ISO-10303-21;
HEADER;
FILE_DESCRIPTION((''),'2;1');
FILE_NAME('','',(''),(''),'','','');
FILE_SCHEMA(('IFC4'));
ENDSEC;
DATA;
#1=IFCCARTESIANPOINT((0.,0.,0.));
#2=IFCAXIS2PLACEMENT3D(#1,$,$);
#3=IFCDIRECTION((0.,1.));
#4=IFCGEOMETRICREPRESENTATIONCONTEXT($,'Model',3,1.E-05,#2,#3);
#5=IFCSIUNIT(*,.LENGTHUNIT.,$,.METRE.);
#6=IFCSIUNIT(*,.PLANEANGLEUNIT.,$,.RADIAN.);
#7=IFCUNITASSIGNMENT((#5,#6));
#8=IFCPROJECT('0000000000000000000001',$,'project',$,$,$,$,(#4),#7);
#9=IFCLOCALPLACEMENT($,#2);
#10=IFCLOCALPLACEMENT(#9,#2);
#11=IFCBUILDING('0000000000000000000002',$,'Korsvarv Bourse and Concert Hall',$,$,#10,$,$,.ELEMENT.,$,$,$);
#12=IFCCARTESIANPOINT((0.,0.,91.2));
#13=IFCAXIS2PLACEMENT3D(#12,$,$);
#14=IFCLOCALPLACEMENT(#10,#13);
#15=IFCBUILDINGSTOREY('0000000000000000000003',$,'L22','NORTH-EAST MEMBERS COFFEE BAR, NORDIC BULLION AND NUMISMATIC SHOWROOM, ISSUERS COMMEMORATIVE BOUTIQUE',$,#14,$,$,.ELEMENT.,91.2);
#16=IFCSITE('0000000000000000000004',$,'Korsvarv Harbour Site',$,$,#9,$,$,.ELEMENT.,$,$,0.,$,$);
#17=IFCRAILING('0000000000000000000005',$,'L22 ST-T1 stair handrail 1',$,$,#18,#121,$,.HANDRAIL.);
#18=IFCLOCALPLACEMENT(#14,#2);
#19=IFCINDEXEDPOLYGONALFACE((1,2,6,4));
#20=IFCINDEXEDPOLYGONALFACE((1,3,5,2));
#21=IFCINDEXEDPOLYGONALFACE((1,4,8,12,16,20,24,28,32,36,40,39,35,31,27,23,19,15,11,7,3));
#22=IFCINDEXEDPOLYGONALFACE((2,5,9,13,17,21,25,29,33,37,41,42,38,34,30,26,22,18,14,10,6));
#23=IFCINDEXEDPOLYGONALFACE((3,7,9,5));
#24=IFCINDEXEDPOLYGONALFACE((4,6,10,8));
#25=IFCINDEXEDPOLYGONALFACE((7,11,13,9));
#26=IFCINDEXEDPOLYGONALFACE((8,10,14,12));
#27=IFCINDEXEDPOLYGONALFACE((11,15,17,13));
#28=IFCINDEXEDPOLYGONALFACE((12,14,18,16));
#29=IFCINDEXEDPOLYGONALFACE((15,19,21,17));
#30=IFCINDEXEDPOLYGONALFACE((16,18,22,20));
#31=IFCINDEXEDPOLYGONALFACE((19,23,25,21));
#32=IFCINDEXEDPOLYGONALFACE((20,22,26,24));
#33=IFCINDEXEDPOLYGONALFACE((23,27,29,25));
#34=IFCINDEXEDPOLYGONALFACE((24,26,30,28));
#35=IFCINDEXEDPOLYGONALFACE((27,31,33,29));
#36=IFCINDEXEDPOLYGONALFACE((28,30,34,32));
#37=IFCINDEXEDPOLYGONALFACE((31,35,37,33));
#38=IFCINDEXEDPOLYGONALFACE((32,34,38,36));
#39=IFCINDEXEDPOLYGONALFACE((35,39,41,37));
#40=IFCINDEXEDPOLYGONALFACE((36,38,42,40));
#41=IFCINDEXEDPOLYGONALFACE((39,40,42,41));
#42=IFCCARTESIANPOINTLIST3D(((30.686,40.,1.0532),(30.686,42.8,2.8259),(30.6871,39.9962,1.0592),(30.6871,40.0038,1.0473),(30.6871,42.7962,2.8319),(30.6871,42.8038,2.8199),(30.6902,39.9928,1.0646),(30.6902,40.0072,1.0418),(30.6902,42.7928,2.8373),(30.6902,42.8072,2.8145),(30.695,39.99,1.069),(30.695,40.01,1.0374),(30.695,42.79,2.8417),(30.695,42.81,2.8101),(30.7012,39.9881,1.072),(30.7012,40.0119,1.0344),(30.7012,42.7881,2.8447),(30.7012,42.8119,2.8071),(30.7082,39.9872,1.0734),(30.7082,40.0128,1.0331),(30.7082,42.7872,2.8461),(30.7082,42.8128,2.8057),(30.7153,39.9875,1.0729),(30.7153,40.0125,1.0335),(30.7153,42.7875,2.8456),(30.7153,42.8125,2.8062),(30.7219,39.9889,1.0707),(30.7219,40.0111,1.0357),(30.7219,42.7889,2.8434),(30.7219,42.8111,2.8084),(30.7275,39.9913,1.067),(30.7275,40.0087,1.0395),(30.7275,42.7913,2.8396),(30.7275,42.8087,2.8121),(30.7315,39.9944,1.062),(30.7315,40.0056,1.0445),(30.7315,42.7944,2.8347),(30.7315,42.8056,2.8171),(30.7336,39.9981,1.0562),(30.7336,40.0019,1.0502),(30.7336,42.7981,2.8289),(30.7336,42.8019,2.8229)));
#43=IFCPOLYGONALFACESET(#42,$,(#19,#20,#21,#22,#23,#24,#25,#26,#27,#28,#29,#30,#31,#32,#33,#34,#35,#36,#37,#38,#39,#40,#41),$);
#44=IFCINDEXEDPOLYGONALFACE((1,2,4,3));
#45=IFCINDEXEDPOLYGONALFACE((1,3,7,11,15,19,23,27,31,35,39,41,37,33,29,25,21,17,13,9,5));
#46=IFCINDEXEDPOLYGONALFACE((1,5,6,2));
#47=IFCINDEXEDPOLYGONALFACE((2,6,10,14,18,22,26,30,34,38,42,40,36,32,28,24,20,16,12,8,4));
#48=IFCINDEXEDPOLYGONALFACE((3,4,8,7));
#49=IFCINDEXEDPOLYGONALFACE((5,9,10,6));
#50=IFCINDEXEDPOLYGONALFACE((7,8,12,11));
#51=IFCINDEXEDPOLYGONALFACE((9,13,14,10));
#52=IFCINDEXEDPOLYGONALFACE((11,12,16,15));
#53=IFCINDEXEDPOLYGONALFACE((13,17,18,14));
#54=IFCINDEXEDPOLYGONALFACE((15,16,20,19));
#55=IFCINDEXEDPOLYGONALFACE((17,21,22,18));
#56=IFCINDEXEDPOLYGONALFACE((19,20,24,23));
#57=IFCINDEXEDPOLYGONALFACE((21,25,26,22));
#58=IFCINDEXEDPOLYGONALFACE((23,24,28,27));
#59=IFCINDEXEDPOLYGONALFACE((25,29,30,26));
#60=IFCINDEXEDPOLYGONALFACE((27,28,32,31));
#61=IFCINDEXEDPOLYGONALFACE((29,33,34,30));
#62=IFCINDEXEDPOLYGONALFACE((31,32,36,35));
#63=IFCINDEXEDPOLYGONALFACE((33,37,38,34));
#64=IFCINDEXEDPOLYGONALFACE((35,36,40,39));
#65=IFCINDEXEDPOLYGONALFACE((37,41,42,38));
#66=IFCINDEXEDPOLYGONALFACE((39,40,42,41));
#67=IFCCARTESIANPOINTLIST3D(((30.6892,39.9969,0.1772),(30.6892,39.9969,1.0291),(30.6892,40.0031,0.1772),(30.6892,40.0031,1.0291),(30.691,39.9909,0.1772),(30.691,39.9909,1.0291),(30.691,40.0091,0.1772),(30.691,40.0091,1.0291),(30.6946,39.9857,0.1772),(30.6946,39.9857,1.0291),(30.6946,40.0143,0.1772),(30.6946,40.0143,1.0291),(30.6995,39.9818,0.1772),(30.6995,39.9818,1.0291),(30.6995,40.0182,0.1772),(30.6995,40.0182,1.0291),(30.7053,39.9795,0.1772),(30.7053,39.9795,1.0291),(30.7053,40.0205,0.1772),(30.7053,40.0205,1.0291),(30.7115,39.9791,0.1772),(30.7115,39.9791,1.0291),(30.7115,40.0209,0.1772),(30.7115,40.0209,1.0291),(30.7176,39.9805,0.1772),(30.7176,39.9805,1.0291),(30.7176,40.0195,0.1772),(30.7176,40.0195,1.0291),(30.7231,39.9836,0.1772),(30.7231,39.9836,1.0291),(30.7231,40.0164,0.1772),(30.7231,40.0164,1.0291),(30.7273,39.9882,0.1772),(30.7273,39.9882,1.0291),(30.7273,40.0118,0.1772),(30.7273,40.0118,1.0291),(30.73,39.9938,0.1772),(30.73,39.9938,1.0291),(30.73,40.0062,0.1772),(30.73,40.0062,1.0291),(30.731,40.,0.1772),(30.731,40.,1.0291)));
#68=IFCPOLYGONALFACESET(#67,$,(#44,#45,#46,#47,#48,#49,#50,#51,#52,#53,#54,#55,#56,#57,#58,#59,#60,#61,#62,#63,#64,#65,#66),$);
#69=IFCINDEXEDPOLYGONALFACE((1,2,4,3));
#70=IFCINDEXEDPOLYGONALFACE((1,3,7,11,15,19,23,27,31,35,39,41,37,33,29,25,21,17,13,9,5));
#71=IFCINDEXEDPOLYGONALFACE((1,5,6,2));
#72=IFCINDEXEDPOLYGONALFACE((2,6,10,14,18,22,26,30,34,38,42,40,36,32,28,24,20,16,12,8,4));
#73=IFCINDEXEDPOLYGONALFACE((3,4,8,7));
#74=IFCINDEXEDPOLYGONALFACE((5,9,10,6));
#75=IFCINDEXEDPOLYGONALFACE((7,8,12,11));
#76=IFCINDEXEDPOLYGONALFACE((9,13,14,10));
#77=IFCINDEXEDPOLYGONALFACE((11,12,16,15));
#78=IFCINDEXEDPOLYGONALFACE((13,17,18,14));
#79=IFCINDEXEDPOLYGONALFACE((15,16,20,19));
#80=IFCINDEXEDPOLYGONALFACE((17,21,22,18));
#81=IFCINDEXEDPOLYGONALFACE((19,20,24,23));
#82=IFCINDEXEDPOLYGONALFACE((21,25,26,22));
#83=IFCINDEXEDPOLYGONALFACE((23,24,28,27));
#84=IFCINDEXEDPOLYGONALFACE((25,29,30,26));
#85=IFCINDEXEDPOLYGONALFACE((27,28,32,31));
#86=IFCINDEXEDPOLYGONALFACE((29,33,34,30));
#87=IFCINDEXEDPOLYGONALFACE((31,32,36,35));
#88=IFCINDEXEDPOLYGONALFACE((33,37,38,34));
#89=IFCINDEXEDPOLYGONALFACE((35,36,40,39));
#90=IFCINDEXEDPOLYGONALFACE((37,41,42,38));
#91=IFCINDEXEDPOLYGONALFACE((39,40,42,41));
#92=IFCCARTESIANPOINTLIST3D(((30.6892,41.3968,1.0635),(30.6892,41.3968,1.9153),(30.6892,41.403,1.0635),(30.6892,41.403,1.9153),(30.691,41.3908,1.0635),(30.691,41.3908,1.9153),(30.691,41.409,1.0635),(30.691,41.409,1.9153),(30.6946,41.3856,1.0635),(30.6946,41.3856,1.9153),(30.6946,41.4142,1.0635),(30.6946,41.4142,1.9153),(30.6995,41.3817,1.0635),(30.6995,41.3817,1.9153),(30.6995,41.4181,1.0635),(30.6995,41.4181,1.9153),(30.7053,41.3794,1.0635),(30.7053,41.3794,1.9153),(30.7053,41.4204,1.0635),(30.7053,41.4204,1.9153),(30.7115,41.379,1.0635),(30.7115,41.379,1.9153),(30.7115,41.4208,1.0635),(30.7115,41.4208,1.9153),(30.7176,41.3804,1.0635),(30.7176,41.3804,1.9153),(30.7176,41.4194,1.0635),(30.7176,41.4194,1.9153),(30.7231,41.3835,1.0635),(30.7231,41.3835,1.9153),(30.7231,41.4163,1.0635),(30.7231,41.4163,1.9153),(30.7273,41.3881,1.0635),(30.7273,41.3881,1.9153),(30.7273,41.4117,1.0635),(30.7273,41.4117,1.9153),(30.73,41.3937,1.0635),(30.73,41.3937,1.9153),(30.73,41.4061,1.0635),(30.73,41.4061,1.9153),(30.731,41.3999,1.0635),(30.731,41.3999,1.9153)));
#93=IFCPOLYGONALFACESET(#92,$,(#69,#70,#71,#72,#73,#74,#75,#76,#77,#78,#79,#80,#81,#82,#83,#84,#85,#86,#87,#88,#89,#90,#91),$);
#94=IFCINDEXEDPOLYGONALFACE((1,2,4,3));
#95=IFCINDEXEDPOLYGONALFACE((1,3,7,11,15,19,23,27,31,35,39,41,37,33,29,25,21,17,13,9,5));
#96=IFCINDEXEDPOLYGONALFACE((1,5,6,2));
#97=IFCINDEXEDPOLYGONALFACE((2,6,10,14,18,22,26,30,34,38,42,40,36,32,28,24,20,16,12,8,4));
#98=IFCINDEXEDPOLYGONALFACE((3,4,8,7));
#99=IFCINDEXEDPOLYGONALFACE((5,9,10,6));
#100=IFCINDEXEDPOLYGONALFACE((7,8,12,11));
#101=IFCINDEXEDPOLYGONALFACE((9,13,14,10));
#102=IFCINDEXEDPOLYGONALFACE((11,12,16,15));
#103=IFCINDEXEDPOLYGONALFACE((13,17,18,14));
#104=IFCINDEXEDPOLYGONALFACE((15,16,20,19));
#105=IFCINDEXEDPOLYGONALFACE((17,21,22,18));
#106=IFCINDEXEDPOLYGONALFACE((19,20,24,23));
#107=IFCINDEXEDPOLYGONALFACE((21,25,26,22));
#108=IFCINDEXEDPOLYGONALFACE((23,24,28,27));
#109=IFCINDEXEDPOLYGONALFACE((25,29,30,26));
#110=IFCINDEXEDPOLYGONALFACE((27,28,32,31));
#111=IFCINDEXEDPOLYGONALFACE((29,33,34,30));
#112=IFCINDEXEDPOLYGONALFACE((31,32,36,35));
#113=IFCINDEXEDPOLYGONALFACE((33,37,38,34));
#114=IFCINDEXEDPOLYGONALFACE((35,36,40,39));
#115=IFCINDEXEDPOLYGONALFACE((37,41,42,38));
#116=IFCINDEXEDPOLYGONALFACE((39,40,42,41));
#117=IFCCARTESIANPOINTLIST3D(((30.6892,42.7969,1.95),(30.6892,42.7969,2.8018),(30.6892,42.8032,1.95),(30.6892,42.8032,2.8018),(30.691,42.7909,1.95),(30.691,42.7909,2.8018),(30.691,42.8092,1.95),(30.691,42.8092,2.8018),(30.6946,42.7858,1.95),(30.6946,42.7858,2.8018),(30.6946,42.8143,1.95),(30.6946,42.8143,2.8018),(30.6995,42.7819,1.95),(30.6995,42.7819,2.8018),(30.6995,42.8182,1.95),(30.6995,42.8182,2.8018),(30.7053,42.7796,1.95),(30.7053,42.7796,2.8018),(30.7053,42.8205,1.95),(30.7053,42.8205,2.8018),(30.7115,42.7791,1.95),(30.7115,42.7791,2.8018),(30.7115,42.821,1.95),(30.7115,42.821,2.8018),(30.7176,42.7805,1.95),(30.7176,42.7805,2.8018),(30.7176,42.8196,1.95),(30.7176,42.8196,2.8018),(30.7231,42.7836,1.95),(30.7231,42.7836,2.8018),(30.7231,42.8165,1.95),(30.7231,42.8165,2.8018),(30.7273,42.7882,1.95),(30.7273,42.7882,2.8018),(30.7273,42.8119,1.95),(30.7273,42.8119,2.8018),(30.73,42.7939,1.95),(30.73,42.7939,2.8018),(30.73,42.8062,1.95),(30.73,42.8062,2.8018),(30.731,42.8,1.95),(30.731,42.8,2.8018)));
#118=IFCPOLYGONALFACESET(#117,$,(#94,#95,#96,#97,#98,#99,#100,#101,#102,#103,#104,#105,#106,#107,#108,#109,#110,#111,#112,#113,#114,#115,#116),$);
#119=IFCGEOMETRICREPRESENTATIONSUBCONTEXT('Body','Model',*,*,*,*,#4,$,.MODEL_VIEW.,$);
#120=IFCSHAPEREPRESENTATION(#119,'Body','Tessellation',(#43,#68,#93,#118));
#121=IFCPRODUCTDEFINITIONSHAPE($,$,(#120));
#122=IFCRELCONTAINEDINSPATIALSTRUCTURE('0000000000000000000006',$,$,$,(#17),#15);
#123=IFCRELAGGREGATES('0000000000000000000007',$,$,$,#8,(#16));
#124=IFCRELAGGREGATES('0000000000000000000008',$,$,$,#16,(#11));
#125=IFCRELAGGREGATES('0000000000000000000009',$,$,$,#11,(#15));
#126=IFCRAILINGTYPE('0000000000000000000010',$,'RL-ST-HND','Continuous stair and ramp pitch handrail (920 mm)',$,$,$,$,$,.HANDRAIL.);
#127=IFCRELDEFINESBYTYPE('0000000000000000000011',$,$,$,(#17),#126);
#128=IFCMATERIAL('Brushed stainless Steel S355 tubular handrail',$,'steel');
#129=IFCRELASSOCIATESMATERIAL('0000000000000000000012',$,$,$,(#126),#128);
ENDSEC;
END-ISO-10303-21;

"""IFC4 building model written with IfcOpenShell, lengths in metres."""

from ifc_helpers import new_model, si_unit, direction, frame, origin, origin_2d, place, context, subcontext, project, spatial, circle, extrude, material, type_object, element, save


model = new_model("IFC4")

# Units and contexts
model_context = context("Model", 3, precision=1e-05, world=origin(), true_north=direction((0.0, 1.0)))
body_context = subcontext(model_context, "Body", "Model", "MODEL_VIEW")
ifc_project = project(units=[si_unit("LENGTHUNIT", "METRE"), si_unit("PLANEANGLEUNIT", "RADIAN")], contexts=[model_context])

# Site, building, storey
site_placement = place(None, origin())
site = spatial("IfcSite", under=ifc_project, at=site_placement, Name="Korsvarv Harbour Site", CompositionType="ELEMENT", RefElevation=0.0)
building_placement = place(site_placement, origin())
building = spatial("IfcBuilding", under=site, at=building_placement, Name="Korsvarv Bourse and Concert Hall", CompositionType="ELEMENT")
storey_placement = place(building_placement, frame((0.0, 0.0, 91.2)))
storey = spatial("IfcBuildingStorey", under=building, at=storey_placement, Name="L22", Description="NORTH-EAST MEMBERS COFFEE BAR, NORDIC BULLION AND NUMISMATIC SHOWROOM, ISSUERS COMMEMORATIVE BOUTIQUE", CompositionType="ELEMENT", Elevation=91.2)

# Railing
ifc_material_1 = material(Name="Brushed stainless Steel S355 tubular handrail", Category="steel")
railing_type = type_object("IfcRailingType", Name="RL-ST-HND", Description="Continuous stair and ramp pitch handrail (920 mm)", PredefinedType="HANDRAIL", material=ifc_material_1)
railing_placement = place(storey_placement, frame((30.71, 40.0, 0.1772)))
element("IfcRailing", 1, at=railing_placement, inside=storey, type_object=railing_type, Name="L22 ST-T1 stair handrail 1", PredefinedType="HANDRAIL", context=body_context, shape_type="SweptSolid", body=[
    extrude(circle(Radius=0.0239, at=origin_2d()), frame((0.0, 0.0, 0.876), z_axis=(0.0, 0.844909, 0.53491), x_axis=(-1.0, 0.0, 0.0)), (0.0, 0.0, 1.0), 3.314),
    extrude(circle(Radius=0.021, at=origin_2d()), origin(), (0.0, 0.0, 1.0), 0.8518),
    extrude(circle(Radius=0.021, at=origin_2d()), frame((0.0, 1.3999, 0.8862)), (0.0, 0.0, 1.0), 0.8518),
    extrude(circle(Radius=0.021, at=origin_2d()), frame((0.0, 2.8, 1.7727)), (0.0, 0.0, 1.0), 0.8518),
])

save(model, "model.ifc")
